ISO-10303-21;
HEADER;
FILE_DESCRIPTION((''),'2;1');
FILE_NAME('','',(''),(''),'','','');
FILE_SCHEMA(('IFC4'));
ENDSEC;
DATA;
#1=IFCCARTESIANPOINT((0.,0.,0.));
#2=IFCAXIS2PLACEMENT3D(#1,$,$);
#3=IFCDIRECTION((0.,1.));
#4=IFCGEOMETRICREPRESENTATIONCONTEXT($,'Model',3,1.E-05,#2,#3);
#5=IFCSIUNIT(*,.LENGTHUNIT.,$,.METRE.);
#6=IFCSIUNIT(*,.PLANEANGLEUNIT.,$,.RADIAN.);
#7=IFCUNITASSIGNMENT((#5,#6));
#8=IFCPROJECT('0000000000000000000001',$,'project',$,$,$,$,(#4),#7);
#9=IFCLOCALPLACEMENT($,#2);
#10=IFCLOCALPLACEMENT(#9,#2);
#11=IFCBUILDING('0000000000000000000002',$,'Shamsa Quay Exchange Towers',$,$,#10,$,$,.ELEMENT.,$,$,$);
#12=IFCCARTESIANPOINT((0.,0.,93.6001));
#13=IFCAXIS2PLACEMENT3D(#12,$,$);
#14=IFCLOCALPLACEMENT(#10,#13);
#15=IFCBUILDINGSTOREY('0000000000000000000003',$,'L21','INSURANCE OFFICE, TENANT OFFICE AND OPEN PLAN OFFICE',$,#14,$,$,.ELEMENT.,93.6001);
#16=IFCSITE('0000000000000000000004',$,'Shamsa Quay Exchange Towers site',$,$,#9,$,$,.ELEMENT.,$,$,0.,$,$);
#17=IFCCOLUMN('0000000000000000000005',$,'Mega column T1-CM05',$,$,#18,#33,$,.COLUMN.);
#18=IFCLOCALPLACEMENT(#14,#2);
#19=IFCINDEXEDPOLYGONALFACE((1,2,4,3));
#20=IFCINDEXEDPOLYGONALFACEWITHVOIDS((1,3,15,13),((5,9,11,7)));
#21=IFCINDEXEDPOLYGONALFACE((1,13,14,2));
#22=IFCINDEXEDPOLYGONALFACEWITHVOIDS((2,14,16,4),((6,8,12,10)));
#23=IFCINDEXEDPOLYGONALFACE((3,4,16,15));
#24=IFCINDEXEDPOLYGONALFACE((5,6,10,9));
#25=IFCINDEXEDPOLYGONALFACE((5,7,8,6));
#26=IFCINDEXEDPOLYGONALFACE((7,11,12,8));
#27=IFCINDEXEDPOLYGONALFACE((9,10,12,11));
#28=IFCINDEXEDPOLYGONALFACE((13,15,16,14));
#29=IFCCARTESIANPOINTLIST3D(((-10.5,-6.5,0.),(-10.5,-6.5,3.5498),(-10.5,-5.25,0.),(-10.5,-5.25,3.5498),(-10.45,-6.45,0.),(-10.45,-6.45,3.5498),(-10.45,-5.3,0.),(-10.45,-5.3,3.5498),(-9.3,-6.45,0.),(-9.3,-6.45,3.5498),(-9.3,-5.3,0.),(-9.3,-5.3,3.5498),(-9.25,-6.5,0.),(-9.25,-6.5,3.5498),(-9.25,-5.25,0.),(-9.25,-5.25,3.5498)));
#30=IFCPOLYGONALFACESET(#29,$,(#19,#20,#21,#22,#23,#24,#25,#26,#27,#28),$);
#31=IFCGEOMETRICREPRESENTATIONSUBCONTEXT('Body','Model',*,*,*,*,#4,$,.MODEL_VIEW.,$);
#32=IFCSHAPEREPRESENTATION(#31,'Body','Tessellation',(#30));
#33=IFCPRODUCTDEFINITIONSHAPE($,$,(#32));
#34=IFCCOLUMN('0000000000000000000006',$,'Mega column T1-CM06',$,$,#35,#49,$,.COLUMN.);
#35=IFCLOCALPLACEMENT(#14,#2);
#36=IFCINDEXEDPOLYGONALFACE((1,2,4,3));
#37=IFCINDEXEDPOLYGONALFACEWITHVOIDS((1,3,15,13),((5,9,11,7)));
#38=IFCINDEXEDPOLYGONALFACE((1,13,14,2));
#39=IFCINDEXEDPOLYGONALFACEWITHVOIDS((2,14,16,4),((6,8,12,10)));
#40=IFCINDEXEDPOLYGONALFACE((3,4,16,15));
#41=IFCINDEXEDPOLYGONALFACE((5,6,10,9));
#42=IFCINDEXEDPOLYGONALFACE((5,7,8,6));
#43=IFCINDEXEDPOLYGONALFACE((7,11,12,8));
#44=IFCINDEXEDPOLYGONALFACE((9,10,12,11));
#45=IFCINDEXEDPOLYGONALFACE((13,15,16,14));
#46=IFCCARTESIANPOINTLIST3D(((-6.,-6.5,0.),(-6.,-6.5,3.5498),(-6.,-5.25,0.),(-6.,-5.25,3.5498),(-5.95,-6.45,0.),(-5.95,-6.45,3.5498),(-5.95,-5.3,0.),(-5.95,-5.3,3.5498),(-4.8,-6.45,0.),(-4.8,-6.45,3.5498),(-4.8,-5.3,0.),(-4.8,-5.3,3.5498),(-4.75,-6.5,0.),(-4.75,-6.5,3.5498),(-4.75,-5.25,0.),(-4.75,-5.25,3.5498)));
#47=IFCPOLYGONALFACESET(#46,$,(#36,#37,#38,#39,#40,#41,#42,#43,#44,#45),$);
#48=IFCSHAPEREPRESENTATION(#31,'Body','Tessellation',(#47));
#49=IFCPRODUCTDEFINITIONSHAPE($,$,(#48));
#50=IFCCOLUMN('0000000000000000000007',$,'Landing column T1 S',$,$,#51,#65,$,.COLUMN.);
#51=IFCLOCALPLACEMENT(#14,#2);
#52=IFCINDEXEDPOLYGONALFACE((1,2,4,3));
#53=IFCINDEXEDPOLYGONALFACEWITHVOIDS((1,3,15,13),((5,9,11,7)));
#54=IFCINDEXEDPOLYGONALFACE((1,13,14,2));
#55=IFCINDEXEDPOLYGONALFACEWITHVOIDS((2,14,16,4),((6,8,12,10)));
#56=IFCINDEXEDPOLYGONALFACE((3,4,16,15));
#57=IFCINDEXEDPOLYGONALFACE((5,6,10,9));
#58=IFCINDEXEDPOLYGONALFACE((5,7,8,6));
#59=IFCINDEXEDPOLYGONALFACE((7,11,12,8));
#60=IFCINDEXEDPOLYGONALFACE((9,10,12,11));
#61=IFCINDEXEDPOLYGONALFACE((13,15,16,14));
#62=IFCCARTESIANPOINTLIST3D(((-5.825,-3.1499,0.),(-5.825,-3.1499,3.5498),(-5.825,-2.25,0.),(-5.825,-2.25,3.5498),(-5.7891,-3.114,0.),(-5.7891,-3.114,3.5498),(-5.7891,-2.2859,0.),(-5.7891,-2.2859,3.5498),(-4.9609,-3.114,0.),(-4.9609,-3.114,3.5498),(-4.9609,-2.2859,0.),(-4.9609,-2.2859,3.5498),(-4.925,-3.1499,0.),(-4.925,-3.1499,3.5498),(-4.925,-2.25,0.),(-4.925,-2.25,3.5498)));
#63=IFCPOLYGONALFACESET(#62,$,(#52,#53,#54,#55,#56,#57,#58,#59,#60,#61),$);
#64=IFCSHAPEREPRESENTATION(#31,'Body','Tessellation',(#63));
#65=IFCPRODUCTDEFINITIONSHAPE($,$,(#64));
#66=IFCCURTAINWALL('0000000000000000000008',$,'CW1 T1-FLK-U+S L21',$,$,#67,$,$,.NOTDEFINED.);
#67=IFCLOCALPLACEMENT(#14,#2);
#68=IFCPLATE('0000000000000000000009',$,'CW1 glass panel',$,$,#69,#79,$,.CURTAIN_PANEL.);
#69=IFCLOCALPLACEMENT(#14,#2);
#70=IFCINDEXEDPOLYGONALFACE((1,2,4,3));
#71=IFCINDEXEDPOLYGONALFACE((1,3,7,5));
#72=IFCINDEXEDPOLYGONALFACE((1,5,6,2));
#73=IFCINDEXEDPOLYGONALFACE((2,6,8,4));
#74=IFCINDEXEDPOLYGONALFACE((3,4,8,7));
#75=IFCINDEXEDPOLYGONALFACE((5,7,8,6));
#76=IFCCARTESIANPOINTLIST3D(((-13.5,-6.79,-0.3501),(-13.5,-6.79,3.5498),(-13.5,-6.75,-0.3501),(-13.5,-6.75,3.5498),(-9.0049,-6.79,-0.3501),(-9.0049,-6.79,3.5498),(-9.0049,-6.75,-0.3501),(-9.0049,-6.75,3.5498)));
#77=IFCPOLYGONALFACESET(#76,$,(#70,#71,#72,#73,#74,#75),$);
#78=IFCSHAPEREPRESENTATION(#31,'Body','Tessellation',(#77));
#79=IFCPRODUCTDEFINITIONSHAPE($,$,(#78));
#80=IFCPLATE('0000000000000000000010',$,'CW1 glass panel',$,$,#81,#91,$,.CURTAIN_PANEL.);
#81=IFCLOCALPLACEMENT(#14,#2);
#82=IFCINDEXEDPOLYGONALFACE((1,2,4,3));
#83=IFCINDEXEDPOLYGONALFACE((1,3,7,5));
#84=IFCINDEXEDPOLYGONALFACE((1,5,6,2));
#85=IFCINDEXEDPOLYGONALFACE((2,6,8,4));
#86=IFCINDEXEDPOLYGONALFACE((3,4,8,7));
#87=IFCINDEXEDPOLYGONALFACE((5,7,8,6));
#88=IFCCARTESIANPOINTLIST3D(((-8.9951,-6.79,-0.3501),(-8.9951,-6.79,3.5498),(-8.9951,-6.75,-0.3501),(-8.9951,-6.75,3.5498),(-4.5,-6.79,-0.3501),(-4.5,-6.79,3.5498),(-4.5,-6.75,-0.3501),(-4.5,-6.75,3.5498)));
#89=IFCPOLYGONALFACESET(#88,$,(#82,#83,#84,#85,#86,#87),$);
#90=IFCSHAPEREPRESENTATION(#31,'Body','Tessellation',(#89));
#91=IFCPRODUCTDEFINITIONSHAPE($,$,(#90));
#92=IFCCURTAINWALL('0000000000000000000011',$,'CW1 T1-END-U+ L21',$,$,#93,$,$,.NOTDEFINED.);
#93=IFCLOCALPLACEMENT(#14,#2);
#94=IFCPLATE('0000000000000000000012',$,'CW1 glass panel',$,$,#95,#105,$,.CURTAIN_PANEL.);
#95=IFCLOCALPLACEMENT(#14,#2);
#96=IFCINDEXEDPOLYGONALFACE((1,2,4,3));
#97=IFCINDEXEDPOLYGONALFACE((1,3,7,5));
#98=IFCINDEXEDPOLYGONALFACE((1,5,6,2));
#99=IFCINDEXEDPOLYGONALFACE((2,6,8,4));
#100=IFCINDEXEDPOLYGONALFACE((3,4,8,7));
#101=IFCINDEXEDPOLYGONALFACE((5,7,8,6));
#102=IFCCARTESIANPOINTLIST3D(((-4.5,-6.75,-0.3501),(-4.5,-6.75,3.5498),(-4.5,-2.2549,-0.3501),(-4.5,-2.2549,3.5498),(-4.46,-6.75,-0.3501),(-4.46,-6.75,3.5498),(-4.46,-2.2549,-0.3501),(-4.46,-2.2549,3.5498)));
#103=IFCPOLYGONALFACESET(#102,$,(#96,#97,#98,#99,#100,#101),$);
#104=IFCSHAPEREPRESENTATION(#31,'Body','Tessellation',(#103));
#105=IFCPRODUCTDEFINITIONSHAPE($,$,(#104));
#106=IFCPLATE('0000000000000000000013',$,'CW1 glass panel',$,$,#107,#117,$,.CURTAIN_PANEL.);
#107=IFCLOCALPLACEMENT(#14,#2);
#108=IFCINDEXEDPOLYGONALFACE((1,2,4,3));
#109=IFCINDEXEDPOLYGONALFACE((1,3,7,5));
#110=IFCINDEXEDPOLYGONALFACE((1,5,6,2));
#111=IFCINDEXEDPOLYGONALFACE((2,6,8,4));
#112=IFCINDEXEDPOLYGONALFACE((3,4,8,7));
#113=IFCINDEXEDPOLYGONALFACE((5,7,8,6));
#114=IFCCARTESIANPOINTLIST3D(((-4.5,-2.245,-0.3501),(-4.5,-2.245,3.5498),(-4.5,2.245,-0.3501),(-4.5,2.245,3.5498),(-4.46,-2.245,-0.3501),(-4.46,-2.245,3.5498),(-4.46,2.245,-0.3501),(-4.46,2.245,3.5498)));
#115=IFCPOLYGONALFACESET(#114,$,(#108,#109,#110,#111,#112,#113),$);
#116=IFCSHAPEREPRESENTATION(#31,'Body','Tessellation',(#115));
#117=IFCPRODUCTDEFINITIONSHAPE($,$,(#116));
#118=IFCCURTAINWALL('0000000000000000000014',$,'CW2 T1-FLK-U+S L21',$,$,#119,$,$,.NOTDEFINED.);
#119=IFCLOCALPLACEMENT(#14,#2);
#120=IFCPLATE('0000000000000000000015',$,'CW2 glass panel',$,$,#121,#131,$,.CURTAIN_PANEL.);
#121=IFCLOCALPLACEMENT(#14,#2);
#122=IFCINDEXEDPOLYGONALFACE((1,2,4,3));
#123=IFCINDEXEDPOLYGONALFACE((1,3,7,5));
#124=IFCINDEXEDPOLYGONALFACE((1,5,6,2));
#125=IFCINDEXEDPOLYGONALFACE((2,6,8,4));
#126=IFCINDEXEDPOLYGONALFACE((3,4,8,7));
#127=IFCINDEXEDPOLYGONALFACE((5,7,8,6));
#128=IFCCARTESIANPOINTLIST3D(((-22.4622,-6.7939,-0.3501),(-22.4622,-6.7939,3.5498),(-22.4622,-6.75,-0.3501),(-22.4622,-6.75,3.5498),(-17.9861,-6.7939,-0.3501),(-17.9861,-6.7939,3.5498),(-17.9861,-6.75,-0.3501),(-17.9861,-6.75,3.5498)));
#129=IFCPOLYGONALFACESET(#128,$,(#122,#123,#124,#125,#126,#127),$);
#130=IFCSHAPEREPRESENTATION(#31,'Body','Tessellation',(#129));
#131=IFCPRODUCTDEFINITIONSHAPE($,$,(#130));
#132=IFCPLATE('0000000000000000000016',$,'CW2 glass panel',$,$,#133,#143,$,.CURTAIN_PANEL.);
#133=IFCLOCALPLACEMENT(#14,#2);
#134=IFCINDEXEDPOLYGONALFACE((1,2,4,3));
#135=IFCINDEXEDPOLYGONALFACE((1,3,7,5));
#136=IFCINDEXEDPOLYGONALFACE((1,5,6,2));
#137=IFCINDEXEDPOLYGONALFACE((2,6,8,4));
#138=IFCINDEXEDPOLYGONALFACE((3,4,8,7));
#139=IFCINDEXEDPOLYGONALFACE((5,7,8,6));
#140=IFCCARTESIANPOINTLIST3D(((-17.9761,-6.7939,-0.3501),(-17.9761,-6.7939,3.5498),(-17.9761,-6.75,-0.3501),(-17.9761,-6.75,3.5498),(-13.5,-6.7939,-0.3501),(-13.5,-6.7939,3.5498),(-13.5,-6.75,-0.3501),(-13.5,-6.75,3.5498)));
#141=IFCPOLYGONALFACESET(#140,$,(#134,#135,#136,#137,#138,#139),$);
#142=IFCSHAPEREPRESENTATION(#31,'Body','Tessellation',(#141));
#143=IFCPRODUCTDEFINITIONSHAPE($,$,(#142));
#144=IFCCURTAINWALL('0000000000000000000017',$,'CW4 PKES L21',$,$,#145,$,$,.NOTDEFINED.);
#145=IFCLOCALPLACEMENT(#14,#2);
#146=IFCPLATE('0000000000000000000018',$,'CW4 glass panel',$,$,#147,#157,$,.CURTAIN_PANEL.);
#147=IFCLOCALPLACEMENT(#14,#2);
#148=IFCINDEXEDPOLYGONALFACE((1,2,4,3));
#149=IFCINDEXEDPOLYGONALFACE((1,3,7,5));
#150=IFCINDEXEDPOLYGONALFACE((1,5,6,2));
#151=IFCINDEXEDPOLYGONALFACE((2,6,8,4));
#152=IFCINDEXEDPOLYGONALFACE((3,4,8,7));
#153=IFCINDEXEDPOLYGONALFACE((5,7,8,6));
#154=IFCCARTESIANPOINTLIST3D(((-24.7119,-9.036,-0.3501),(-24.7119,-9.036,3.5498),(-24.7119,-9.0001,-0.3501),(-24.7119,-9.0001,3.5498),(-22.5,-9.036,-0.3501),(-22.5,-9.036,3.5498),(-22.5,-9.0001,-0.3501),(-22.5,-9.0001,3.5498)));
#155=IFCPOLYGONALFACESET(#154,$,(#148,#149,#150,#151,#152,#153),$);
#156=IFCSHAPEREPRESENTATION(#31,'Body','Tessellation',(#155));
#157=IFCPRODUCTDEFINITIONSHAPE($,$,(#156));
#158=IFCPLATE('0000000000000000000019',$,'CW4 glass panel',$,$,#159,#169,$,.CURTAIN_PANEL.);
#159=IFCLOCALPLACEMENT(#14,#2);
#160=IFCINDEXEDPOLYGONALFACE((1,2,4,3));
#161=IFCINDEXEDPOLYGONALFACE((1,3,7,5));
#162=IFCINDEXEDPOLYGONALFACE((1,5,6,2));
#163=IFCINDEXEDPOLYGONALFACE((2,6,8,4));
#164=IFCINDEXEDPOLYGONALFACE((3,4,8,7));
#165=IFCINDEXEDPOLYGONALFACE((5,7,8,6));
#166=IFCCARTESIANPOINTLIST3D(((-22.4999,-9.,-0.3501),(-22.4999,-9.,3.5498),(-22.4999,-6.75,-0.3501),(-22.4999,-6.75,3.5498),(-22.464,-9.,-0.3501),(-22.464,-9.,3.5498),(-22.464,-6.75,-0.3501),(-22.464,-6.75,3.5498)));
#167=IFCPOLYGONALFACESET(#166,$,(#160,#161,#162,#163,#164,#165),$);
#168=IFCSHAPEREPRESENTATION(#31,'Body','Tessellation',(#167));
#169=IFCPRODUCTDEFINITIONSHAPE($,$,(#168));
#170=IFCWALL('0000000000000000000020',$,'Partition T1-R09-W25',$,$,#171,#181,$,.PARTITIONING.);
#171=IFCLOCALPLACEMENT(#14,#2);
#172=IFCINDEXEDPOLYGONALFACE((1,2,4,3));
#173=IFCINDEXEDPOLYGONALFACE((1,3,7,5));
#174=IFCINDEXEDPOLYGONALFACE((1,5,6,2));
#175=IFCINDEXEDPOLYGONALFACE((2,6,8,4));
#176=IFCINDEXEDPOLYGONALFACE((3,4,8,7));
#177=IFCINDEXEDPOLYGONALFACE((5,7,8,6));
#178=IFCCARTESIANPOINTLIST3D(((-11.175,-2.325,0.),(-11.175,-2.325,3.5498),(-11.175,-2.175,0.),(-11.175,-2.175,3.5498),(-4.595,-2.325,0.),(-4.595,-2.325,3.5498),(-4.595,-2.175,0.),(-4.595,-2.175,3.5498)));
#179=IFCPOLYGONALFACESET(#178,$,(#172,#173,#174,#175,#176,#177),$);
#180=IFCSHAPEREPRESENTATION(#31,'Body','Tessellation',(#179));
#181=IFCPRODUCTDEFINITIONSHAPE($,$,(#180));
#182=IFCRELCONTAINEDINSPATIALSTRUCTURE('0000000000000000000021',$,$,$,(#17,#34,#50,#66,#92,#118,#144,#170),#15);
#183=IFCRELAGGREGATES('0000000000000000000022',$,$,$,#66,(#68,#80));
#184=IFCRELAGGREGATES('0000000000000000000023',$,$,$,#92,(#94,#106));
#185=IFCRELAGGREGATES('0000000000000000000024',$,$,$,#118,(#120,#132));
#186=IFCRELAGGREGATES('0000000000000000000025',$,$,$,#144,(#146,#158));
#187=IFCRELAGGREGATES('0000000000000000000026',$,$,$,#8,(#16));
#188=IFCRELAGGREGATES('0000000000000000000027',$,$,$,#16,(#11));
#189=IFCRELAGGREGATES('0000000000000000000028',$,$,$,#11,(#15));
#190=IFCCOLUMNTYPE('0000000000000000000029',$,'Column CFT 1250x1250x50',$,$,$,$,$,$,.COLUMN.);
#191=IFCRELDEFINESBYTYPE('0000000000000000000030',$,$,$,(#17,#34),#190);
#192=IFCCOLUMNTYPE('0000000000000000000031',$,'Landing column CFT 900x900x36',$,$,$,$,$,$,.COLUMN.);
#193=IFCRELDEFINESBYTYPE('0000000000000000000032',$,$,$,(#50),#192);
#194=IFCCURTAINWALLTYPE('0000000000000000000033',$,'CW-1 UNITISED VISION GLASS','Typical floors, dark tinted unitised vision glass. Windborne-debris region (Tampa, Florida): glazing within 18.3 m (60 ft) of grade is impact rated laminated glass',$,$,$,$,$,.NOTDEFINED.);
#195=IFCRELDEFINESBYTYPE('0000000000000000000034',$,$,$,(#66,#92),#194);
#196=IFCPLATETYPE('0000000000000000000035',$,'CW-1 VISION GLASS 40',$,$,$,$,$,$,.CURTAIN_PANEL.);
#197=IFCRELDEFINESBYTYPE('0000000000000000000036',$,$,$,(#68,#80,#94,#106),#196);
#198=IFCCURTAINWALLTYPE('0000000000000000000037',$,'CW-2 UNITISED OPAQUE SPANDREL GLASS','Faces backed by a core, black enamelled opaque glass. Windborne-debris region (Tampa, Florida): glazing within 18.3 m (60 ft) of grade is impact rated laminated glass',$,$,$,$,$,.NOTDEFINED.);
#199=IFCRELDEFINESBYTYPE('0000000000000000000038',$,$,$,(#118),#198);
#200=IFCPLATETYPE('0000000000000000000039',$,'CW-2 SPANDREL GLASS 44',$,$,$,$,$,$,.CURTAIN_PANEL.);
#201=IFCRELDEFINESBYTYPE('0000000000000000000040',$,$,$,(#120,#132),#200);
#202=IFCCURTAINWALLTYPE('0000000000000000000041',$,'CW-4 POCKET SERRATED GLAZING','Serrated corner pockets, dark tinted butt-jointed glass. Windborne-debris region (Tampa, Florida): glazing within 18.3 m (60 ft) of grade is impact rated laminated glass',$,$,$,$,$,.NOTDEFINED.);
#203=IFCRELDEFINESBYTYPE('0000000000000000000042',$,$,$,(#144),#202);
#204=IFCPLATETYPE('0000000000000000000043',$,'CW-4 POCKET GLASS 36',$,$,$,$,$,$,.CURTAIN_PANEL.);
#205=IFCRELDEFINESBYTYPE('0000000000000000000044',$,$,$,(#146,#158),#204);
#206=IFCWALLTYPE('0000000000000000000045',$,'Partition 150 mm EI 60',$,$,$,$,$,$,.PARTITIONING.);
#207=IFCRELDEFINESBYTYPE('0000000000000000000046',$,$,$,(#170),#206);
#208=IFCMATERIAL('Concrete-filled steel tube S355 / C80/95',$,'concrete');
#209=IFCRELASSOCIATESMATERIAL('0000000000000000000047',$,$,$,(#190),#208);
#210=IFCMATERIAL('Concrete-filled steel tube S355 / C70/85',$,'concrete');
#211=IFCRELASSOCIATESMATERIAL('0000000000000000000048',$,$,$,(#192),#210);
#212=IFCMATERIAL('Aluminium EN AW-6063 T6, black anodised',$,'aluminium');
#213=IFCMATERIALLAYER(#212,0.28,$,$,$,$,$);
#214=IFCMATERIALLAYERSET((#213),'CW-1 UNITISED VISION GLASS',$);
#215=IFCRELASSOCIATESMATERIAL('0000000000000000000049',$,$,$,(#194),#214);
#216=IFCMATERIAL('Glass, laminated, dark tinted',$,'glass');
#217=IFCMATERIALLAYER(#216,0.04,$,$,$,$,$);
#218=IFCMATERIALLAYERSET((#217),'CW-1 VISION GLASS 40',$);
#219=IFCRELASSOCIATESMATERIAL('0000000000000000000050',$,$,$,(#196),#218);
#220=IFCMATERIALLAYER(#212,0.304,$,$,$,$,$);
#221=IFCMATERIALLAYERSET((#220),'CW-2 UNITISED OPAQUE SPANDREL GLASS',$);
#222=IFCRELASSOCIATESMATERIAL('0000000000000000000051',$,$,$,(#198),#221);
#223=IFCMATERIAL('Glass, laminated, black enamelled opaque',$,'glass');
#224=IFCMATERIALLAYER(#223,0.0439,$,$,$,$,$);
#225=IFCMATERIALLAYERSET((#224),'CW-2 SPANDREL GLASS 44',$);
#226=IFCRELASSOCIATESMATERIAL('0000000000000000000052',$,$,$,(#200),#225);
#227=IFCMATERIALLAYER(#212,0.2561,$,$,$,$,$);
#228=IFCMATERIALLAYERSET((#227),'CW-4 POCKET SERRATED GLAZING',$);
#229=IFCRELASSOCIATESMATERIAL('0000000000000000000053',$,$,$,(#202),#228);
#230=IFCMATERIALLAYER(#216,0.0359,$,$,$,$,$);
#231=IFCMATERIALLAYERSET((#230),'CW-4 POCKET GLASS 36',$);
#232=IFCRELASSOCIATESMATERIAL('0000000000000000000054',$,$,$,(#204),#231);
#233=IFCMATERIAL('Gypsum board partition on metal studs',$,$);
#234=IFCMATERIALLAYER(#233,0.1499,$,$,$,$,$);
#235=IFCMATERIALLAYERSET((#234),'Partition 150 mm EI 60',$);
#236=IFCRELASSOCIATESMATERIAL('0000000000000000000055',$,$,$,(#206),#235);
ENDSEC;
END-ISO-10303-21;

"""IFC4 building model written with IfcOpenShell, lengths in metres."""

from ifc_helpers import new_model, si_unit, direction, frame, frame_2d, origin, origin_2d, place, context, subcontext, project, spatial, rectangle, hollow_rectangle, extrude, material, layer, layer_set, material_profile, profile_set, type_object, element, aggregate, save


model = new_model("IFC4")

# Units and contexts
model_context = context("Model", 3, precision=1e-05, world=origin(), true_north=direction((0.0, 1.0)))
body_context = subcontext(model_context, "Body", "Model", "MODEL_VIEW")
ifc_project = project(units=[si_unit("LENGTHUNIT", "METRE"), si_unit("PLANEANGLEUNIT", "RADIAN")], contexts=[model_context])

# Site, building, storey
site_placement = place(None, origin())
site = spatial("IfcSite", under=ifc_project, at=site_placement, Name="Shamsa Quay Exchange Towers site", CompositionType="ELEMENT", RefElevation=0.0)
building_placement = place(site_placement, origin())
building = spatial("IfcBuilding", under=site, at=building_placement, Name="Shamsa Quay Exchange Towers", CompositionType="ELEMENT")
storey_placement = place(building_placement, frame((0.0, 0.0, 93.6001)))
storey = spatial("IfcBuildingStorey", under=building, at=storey_placement, Name="L21", Description="INSURANCE OFFICE, TENANT OFFICE AND OPEN PLAN OFFICE", CompositionType="ELEMENT", Elevation=93.6001)

# Columns
ifc_material_1 = material(Name="Concrete-filled steel tube S355 / C80/95", Category="concrete")
ifc_material_profile_1 = material_profile(ifc_material_1, hollow_rectangle(XDim=1.25, YDim=1.25, WallThickness=0.05, at=origin_2d()), Name="CFT 1250x1250x50")
ifc_profile_set_1 = profile_set([ifc_material_profile_1], Name="Concrete-filled steel tube S355 / C80/95")
column_type_1 = type_object("IfcColumnType", Name="Column CFT 1250x1250x50", PredefinedType="COLUMN", material=ifc_profile_set_1)
for number, where, name in (
    (1, (-9.875, -5.875, 0.0), "Mega column T1-CM05"),
    (2, (-5.375, -5.875, 0.0), "Mega column T1-CM06"),
):
    element("IfcColumn", number, at=place(storey_placement, frame(where)), inside=storey, type_object=column_type_1, Name=name, PredefinedType="COLUMN", context=body_context, shape_type="SweptSolid", body=[
        extrude(hollow_rectangle(XDim=1.25, YDim=1.25, WallThickness=0.05, at=origin_2d()), origin(), (0.0, 0.0, 1.0), 3.5498),
    ])
ifc_material_2 = material(Name="Concrete-filled steel tube S355 / C70/85", Category="concrete")
ifc_material_profile_2 = material_profile(ifc_material_2, hollow_rectangle(XDim=0.8999, YDim=0.8999, WallThickness=0.0359, at=origin_2d()), Name="CFT 900x900x36")
ifc_profile_set_2 = profile_set([ifc_material_profile_2], Name="Concrete-filled steel tube S355 / C70/85")
column_type_2 = type_object("IfcColumnType", Name="Landing column CFT 900x900x36", PredefinedType="COLUMN", material=ifc_profile_set_2)
column_placement = place(storey_placement, frame((-5.375, -2.7, 0.0)))
element("IfcColumn", 3, at=column_placement, inside=storey, type_object=column_type_2, Name="Landing column T1 S", PredefinedType="COLUMN", context=body_context, shape_type="SweptSolid", body=[
    extrude(hollow_rectangle(XDim=0.8999, YDim=0.8999, WallThickness=0.0359, at=origin_2d()), origin(), (0.0, 0.0, 1.0), 3.5498),
])

# Curtain walls, plates
ifc_material_3 = material(Name="Aluminium EN AW-6063 T6, black anodised", Category="aluminium")
ifc_layer_1 = layer(ifc_material_3, 0.28)
ifc_layer_set_1 = layer_set([ifc_layer_1], Name="CW-1 UNITISED VISION GLASS")
curtain_wall_type_1 = type_object("IfcCurtainWallType", Name="CW-1 UNITISED VISION GLASS", Description="Typical floors, dark tinted unitised vision glass. Windborne-debris region (Tampa, Florida): glazing within 18.3 m (60 ft) of grade is impact rated laminated glass", PredefinedType="NOTDEFINED", material=ifc_layer_set_1)
curtain_wall_1_placement = place(storey_placement, origin())
curtain_wall_1 = element("IfcCurtainWall", 4, at=curtain_wall_1_placement, inside=storey, type_object=curtain_wall_type_1, Name="CW1 T1-FLK-U+S L21", PredefinedType="NOTDEFINED")
ifc_material_4 = material(Name="Glass, laminated, dark tinted", Category="glass")
ifc_layer_2 = layer(ifc_material_4, 0.04)
ifc_layer_set_2 = layer_set([ifc_layer_2], Name="CW-1 VISION GLASS 40")
plate_type_1 = type_object("IfcPlateType", Name="CW-1 VISION GLASS 40", PredefinedType="CURTAIN_PANEL", material=ifc_layer_set_2)
plate_1_placement = place(storey_placement, frame((-11.2524, -6.77, -0.3501)))
plate_1 = element("IfcPlate", 5, at=plate_1_placement, type_object=plate_type_1, Name="CW1 glass panel", PredefinedType="CURTAIN_PANEL", context=body_context, shape_type="SweptSolid", body=[
    extrude(rectangle(XDim=4.4951, YDim=0.04, at=origin_2d()), origin(), (0.0, 0.0, 1.0), 3.8999),
])
plate_2_placement = place(storey_placement, frame((-6.7476, -6.77, -0.3501)))
plate_2 = element("IfcPlate", 6, at=plate_2_placement, type_object=plate_type_1, Name="CW1 glass panel", PredefinedType="CURTAIN_PANEL", context=body_context, shape_type="SweptSolid", body=[
    extrude(rectangle(XDim=4.4951, YDim=0.04, at=origin_2d()), origin(), (0.0, 0.0, 1.0), 3.8999),
])
aggregate(curtain_wall_1, [plate_1, plate_2])
curtain_wall_2_placement = place(storey_placement, origin())
curtain_wall_2 = element("IfcCurtainWall", 7, at=curtain_wall_2_placement, inside=storey, type_object=curtain_wall_type_1, Name="CW1 T1-END-U+ L21", PredefinedType="NOTDEFINED")
plate_3_placement = place(storey_placement, frame((-4.48, -4.5024, -0.3501), z_axis=(0.0, 0.0, 1.0), x_axis=(0.0, 1.0, 0.0)))
plate_3 = element("IfcPlate", 8, at=plate_3_placement, type_object=plate_type_1, Name="CW1 glass panel", PredefinedType="CURTAIN_PANEL", context=body_context, shape_type="SweptSolid", body=[
    extrude(rectangle(XDim=4.4951, YDim=0.04, at=origin_2d()), origin(), (0.0, 0.0, 1.0), 3.8999),
])
plate_4_placement = place(storey_placement, frame((-4.48, 0.0, -0.3501), z_axis=(0.0, 0.0, 1.0), x_axis=(0.0, 1.0, 0.0)))
plate_4 = element("IfcPlate", 9, at=plate_4_placement, type_object=plate_type_1, Name="CW1 glass panel", PredefinedType="CURTAIN_PANEL", context=body_context, shape_type="SweptSolid", body=[
    extrude(rectangle(XDim=4.49, YDim=0.04, at=origin_2d()), origin(), (0.0, 0.0, 1.0), 3.8999),
])
aggregate(curtain_wall_2, [plate_3, plate_4])
ifc_layer_3 = layer(ifc_material_3, 0.304)
ifc_layer_set_3 = layer_set([ifc_layer_3], Name="CW-2 UNITISED OPAQUE SPANDREL GLASS")
curtain_wall_type_2 = type_object("IfcCurtainWallType", Name="CW-2 UNITISED OPAQUE SPANDREL GLASS", Description="Faces backed by a core, black enamelled opaque glass. Windborne-debris region (Tampa, Florida): glazing within 18.3 m (60 ft) of grade is impact rated laminated glass", PredefinedType="NOTDEFINED", material=ifc_layer_set_3)
curtain_wall_3_placement = place(storey_placement, origin())
curtain_wall_3 = element("IfcCurtainWall", 10, at=curtain_wall_3_placement, inside=storey, type_object=curtain_wall_type_2, Name="CW2 T1-FLK-U+S L21", PredefinedType="NOTDEFINED")
ifc_material_5 = material(Name="Glass, laminated, black enamelled opaque", Category="glass")
ifc_layer_4 = layer(ifc_material_5, 0.0439)
ifc_layer_set_4 = layer_set([ifc_layer_4], Name="CW-2 SPANDREL GLASS 44")
plate_type_2 = type_object("IfcPlateType", Name="CW-2 SPANDREL GLASS 44", PredefinedType="CURTAIN_PANEL", material=ifc_layer_set_4)
plate_5_placement = place(storey_placement, frame((-20.2241, -6.772, -0.3501)))
plate_5 = element("IfcPlate", 11, at=plate_5_placement, type_object=plate_type_2, Name="CW2 glass panel", PredefinedType="CURTAIN_PANEL", context=body_context, shape_type="SweptSolid", body=[
    extrude(rectangle(XDim=4.4761, YDim=0.0439, at=origin_2d()), origin(), (0.0, 0.0, 1.0), 3.8999),
])
plate_6_placement = place(storey_placement, frame((-15.738, -6.772, -0.3501)))
plate_6 = element("IfcPlate", 12, at=plate_6_placement, type_object=plate_type_2, Name="CW2 glass panel", PredefinedType="CURTAIN_PANEL", context=body_context, shape_type="SweptSolid", body=[
    extrude(rectangle(XDim=4.4761, YDim=0.0439, at=origin_2d()), origin(), (0.0, 0.0, 1.0), 3.8999),
])
aggregate(curtain_wall_3, [plate_5, plate_6])
ifc_layer_5 = layer(ifc_material_3, 0.2561)
ifc_layer_set_5 = layer_set([ifc_layer_5], Name="CW-4 POCKET SERRATED GLAZING")
curtain_wall_type_3 = type_object("IfcCurtainWallType", Name="CW-4 POCKET SERRATED GLAZING", Description="Serrated corner pockets, dark tinted butt-jointed glass. Windborne-debris region (Tampa, Florida): glazing within 18.3 m (60 ft) of grade is impact rated laminated glass", PredefinedType="NOTDEFINED", material=ifc_layer_set_5)
curtain_wall_4_placement = place(storey_placement, origin())
curtain_wall_4 = element("IfcCurtainWall", 13, at=curtain_wall_4_placement, inside=storey, type_object=curtain_wall_type_3, Name="CW4 PKES L21", PredefinedType="NOTDEFINED")
ifc_layer_6 = layer(ifc_material_4, 0.0359)
ifc_layer_set_6 = layer_set([ifc_layer_6], Name="CW-4 POCKET GLASS 36")
plate_type_3 = type_object("IfcPlateType", Name="CW-4 POCKET GLASS 36", PredefinedType="CURTAIN_PANEL", material=ifc_layer_set_6)
plate_7_placement = place(storey_placement, frame((-23.606, -9.0181, -0.3501)))
plate_7 = element("IfcPlate", 14, at=plate_7_placement, type_object=plate_type_3, Name="CW4 glass panel", PredefinedType="CURTAIN_PANEL", context=body_context, shape_type="SweptSolid", body=[
    extrude(rectangle(XDim=2.2119, YDim=0.0359, at=origin_2d()), origin(), (0.0, 0.0, 1.0), 3.8999),
])
plate_8_placement = place(storey_placement, frame((-22.4819, -7.875, -0.3501), z_axis=(0.0, 0.0, 1.0), x_axis=(0.0, 1.0, 0.0)))
plate_8 = element("IfcPlate", 15, at=plate_8_placement, type_object=plate_type_3, Name="CW4 glass panel", PredefinedType="CURTAIN_PANEL", context=body_context, shape_type="SweptSolid", body=[
    extrude(rectangle(XDim=2.25, YDim=0.0359, at=origin_2d()), origin(), (0.0, 0.0, 1.0), 3.8999),
])
aggregate(curtain_wall_4, [plate_7, plate_8])

# Wall
ifc_material_6 = material(Name="Gypsum board partition on metal studs")
ifc_layer_7 = layer(ifc_material_6, 0.1499)
ifc_layer_set_7 = layer_set([ifc_layer_7], Name="Partition 150 mm EI 60")
wall_type_1 = type_object("IfcWallType", Name="Partition 150 mm EI 60", PredefinedType="PARTITIONING", material=ifc_layer_set_7)
wall_1_placement = place(storey_placement, frame((-4.595, -2.25, 0.0), z_axis=(0.0, 0.0, 1.0), x_axis=(-1.0, 0.0, 0.0)))
element("IfcWall", 16, at=wall_1_placement, inside=storey, type_object=wall_type_1, Name="Partition T1-R09-W25", PredefinedType="PARTITIONING", context=body_context, shape_type="SweptSolid", body=[
    extrude(rectangle(XDim=6.5801, YDim=0.1499, at=frame_2d((3.29, 0.0))), origin(), (0.0, 0.0, 1.0), 3.5498),
])

save(model, "model.ifc")
